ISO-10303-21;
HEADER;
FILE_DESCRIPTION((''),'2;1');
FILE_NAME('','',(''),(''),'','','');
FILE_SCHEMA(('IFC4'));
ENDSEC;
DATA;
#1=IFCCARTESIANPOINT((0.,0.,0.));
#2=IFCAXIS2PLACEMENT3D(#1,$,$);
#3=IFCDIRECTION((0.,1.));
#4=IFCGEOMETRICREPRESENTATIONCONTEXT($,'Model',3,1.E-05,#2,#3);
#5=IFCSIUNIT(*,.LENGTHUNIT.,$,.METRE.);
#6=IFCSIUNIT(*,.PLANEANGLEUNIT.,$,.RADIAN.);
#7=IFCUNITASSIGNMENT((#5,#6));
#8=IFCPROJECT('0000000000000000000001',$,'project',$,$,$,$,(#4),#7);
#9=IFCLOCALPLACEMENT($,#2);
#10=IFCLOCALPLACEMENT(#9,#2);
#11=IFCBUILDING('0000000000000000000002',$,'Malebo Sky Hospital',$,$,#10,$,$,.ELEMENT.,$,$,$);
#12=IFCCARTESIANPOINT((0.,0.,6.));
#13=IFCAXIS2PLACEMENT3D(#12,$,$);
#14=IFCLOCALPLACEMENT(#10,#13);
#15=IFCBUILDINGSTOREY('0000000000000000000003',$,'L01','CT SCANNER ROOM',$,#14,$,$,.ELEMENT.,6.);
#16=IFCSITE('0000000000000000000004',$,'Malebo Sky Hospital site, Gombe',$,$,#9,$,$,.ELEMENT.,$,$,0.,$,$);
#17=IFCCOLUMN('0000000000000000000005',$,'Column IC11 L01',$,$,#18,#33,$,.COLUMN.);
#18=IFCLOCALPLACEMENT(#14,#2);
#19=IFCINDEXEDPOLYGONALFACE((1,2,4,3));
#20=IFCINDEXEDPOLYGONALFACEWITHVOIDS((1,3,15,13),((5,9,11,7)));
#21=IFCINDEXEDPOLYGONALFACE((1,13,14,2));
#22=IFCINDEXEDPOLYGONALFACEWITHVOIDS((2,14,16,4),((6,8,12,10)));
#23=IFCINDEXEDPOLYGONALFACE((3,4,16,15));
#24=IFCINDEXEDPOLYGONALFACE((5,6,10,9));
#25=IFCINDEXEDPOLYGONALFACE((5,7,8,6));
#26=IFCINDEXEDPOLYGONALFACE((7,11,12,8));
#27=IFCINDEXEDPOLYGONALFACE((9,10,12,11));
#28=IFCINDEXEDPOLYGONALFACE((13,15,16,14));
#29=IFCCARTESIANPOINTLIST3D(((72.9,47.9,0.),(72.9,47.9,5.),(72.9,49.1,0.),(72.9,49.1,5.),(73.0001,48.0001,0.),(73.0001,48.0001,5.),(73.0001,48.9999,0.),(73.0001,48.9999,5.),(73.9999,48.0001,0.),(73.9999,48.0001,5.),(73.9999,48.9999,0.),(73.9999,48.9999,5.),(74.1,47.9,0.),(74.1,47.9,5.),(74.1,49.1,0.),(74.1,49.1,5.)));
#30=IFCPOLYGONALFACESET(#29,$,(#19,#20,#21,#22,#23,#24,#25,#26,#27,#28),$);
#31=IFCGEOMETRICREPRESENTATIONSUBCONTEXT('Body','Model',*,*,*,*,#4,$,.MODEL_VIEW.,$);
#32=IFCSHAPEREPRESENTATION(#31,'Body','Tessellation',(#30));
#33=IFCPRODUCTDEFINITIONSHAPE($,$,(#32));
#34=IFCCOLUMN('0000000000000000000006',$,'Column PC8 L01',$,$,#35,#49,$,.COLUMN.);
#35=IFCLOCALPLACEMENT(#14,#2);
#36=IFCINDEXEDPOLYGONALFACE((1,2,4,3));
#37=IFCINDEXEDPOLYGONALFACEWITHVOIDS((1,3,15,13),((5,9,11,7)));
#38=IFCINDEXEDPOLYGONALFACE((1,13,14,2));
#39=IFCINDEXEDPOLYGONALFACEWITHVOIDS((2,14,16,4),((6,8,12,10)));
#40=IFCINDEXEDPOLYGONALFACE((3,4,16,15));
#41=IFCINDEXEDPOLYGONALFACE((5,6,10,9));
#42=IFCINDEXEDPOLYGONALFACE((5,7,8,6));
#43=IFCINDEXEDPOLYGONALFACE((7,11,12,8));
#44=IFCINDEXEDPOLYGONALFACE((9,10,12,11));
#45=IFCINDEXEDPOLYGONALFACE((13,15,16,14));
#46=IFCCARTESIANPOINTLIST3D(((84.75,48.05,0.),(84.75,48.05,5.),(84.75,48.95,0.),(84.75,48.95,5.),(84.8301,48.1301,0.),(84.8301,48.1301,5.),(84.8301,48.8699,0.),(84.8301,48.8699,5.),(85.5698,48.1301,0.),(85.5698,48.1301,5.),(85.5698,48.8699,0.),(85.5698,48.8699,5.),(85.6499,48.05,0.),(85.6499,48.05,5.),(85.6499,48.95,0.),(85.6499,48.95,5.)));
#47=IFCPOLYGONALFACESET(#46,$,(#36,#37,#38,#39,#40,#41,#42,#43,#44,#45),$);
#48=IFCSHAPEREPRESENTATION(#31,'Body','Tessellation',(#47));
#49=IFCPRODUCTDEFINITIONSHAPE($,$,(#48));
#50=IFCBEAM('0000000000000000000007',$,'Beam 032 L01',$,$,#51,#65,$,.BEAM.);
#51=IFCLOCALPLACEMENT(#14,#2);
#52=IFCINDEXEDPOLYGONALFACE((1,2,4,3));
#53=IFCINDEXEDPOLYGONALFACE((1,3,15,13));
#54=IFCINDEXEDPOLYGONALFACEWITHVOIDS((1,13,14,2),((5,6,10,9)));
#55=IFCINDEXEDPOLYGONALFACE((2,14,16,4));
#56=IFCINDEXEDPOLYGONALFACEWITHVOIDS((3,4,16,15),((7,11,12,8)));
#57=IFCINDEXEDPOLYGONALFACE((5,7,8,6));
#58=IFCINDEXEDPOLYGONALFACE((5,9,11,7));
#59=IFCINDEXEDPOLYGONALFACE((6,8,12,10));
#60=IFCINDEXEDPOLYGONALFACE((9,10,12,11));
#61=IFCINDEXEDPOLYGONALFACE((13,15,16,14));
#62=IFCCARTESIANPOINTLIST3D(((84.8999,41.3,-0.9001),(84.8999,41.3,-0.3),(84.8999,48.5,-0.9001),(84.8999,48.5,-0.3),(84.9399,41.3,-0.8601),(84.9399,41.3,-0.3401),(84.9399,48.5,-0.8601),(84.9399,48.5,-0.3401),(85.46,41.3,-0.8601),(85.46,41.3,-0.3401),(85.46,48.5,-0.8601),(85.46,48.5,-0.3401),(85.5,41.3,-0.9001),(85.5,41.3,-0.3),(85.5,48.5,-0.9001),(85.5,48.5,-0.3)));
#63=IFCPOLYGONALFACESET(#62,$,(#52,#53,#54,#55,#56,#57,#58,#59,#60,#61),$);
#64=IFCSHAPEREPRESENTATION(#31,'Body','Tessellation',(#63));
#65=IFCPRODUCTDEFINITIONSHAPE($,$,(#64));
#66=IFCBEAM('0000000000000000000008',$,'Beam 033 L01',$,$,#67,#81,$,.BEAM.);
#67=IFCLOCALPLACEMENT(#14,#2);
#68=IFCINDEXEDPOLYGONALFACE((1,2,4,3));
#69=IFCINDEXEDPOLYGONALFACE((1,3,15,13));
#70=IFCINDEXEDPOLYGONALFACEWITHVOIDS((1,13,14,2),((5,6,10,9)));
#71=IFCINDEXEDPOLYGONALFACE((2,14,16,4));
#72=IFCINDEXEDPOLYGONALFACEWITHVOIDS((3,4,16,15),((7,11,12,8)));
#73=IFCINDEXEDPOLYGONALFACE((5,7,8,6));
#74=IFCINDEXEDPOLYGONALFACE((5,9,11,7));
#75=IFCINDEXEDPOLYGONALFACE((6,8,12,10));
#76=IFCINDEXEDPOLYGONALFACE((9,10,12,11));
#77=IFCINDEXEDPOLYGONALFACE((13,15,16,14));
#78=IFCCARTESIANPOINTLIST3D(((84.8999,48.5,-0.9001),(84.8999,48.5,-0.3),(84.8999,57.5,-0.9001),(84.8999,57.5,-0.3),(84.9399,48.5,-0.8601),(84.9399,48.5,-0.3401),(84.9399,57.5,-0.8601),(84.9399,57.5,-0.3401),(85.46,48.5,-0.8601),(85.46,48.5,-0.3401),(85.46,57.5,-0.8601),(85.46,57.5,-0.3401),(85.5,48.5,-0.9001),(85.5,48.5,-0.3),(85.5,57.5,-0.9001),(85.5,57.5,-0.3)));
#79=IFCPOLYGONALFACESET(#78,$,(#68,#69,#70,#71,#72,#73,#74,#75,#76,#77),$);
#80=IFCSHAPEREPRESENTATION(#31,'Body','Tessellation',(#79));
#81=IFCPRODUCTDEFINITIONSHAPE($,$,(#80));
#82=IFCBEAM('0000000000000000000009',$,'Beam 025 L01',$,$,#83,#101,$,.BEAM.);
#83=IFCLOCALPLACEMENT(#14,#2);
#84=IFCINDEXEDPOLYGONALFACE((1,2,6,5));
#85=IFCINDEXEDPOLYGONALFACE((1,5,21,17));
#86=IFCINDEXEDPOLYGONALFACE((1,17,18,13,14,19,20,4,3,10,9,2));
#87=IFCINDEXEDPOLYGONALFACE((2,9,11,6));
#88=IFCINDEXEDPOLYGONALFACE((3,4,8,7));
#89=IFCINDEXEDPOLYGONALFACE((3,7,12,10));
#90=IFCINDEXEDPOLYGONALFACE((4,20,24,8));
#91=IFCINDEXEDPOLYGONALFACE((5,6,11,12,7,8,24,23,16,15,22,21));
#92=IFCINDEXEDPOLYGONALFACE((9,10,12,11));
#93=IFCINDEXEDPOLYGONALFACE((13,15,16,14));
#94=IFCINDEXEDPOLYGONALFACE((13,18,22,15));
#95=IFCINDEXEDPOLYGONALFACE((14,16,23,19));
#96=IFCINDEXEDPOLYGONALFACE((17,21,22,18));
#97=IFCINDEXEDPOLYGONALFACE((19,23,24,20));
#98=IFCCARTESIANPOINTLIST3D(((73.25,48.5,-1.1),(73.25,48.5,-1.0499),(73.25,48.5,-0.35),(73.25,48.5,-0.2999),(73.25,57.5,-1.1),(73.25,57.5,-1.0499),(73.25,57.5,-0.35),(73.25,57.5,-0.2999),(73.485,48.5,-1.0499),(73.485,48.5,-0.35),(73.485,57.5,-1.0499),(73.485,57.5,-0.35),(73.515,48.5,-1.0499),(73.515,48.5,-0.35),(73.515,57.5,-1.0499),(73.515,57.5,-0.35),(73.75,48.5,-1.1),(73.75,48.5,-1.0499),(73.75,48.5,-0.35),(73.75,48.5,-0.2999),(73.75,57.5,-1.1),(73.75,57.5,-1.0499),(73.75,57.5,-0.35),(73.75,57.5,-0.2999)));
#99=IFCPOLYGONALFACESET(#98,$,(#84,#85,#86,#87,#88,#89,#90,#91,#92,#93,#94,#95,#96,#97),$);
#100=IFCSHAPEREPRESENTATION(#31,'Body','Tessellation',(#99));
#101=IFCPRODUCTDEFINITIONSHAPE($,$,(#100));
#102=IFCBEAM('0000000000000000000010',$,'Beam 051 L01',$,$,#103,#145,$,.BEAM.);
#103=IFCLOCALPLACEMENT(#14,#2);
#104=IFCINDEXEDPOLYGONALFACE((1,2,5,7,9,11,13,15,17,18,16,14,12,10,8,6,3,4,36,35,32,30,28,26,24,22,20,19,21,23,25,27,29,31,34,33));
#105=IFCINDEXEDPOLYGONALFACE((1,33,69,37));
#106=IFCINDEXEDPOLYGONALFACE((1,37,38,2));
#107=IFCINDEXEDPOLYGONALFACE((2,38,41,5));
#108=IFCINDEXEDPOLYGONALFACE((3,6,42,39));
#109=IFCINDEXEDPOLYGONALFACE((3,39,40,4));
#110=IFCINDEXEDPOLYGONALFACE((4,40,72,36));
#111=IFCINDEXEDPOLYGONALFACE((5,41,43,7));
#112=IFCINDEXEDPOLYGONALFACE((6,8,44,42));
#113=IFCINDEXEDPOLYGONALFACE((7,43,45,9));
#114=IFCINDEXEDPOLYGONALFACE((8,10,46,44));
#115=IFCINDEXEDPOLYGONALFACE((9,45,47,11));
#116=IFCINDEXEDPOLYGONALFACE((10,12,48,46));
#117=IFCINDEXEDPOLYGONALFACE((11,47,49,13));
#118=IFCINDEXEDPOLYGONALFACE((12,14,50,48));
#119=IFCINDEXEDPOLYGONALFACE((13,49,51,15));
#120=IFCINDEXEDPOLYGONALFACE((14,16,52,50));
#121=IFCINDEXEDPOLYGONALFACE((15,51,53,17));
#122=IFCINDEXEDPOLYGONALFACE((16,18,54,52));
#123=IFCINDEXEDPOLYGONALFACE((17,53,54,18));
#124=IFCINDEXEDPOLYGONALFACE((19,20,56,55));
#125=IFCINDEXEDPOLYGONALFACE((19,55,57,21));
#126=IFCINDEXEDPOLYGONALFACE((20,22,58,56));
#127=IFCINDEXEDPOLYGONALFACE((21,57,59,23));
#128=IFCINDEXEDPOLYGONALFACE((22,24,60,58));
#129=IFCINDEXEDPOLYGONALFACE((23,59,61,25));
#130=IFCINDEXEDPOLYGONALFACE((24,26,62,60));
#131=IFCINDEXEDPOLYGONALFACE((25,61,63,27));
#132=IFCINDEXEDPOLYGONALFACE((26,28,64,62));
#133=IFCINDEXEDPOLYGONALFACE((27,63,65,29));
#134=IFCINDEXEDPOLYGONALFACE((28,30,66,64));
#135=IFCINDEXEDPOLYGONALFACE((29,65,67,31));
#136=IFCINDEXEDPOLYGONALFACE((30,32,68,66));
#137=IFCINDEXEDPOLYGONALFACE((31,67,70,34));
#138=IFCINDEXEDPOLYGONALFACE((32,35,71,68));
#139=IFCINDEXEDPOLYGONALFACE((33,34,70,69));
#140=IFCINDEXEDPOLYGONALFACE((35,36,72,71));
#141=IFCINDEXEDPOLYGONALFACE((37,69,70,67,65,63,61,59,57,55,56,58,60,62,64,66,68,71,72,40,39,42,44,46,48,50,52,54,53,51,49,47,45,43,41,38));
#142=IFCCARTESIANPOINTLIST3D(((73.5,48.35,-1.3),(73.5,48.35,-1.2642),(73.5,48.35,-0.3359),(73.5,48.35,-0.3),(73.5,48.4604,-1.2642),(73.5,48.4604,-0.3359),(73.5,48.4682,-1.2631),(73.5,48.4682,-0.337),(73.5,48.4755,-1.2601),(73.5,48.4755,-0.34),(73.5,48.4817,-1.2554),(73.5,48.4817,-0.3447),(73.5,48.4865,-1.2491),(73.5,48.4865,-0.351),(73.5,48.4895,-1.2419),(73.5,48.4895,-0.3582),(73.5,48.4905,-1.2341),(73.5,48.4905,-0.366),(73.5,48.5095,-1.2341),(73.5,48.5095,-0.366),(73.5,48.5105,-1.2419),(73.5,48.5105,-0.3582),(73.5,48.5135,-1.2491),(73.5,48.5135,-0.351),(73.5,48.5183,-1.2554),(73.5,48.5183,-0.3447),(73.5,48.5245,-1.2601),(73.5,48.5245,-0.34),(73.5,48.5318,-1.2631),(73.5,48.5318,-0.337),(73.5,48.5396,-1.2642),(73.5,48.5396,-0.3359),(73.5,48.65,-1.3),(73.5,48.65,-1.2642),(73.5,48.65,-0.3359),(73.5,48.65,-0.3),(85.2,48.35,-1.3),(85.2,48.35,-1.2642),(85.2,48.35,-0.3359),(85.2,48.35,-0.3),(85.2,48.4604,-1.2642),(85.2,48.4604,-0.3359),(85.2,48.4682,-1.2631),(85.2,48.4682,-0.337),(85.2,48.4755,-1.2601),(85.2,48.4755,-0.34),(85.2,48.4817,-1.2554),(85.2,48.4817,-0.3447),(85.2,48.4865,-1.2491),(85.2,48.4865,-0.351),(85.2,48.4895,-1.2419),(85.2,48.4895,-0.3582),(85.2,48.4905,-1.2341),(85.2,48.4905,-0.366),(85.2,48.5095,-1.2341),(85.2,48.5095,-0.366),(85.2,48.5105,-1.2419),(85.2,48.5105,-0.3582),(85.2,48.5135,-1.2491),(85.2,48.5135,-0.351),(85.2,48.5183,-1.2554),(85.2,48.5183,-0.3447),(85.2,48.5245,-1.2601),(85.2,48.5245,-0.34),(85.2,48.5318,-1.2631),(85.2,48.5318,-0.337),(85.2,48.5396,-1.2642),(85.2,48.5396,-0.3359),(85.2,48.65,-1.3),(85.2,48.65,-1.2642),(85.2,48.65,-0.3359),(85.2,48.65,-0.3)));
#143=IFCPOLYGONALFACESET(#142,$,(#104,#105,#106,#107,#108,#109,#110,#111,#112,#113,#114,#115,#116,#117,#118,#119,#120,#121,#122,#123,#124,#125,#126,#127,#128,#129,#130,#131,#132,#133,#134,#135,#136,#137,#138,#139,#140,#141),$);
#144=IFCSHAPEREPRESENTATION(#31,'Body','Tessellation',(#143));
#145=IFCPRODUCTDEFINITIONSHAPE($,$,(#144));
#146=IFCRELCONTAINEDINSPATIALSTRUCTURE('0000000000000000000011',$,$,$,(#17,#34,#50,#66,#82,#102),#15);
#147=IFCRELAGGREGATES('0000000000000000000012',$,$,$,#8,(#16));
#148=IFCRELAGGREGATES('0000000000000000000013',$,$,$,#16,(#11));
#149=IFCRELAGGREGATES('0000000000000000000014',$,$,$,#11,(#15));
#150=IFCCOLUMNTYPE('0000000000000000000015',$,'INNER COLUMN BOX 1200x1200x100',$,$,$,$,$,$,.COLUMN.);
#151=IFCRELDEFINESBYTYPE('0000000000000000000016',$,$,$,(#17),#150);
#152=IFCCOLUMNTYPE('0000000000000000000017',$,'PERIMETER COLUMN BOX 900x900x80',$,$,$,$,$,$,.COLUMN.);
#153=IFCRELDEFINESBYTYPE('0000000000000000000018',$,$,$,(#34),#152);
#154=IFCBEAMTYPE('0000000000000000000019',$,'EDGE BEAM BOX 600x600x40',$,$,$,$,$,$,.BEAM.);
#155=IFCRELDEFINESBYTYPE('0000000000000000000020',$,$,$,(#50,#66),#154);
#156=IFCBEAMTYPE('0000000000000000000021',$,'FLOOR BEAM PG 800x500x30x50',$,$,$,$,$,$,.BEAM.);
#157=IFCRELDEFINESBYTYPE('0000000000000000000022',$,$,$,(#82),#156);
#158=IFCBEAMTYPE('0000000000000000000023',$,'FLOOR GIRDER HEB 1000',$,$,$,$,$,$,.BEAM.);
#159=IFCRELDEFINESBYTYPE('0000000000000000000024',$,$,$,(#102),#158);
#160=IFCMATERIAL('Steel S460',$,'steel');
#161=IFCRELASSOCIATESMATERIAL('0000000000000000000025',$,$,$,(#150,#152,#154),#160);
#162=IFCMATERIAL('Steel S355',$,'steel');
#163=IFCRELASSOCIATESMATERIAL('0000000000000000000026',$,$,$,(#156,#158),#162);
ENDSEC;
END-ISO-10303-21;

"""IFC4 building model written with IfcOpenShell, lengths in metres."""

from ifc_helpers import new_model, si_unit, direction, frame, origin, origin_2d, place, context, subcontext, project, spatial, hollow_rectangle, i_section, extrude, material, material_profile, profile_set, type_object, element, save


model = new_model("IFC4")

# Units and contexts
model_context = context("Model", 3, precision=1e-05, world=origin(), true_north=direction((0.0, 1.0)))
body_context = subcontext(model_context, "Body", "Model", "MODEL_VIEW")
ifc_project = project(units=[si_unit("LENGTHUNIT", "METRE"), si_unit("PLANEANGLEUNIT", "RADIAN")], contexts=[model_context])

# Site, building, storey
site_placement = place(None, origin())
site = spatial("IfcSite", under=ifc_project, at=site_placement, Name="Malebo Sky Hospital site, Gombe", CompositionType="ELEMENT", RefElevation=0.0)
building_placement = place(site_placement, origin())
building = spatial("IfcBuilding", under=site, at=building_placement, Name="Malebo Sky Hospital", CompositionType="ELEMENT")
storey_placement = place(building_placement, frame((0.0, 0.0, 6.0)))
storey = spatial("IfcBuildingStorey", under=building, at=storey_placement, Name="L01", Description="CT SCANNER ROOM", CompositionType="ELEMENT", Elevation=6.0)

# Columns
ifc_material_1 = material(Name="Steel S460", Category="steel")
ifc_material_profile_1 = material_profile(ifc_material_1, hollow_rectangle(XDim=1.2, YDim=1.2, WallThickness=0.1001, at=origin_2d()), Name="BOX 1200x1200x100")
ifc_profile_set_1 = profile_set([ifc_material_profile_1], Name="Steel S460")
column_type_1 = type_object("IfcColumnType", Name="INNER COLUMN BOX 1200x1200x100", PredefinedType="COLUMN", material=ifc_profile_set_1)
column_1_placement = place(storey_placement, frame((73.5, 48.5, 0.0), z_axis=(0.0, 0.0, 1.0), x_axis=(1.0, 0.0, 0.0)))
element("IfcColumn", 1, at=column_1_placement, inside=storey, type_object=column_type_1, Name="Column IC11 L01", PredefinedType="COLUMN", context=body_context, shape_type="SweptSolid", body=[
    extrude(hollow_rectangle(XDim=1.2, YDim=1.2, WallThickness=0.1001, at=origin_2d()), origin(), (0.0, 0.0, 1.0), 5.0),
])
ifc_material_profile_2 = material_profile(ifc_material_1, hollow_rectangle(XDim=0.8999, YDim=0.8999, WallThickness=0.0801, at=origin_2d()), Name="BOX 900x900x80")
ifc_profile_set_2 = profile_set([ifc_material_profile_2], Name="Steel S460")
column_type_2 = type_object("IfcColumnType", Name="PERIMETER COLUMN BOX 900x900x80", PredefinedType="COLUMN", material=ifc_profile_set_2)
column_2_placement = place(storey_placement, frame((85.2, 48.5, 0.0), z_axis=(0.0, 0.0, 1.0), x_axis=(1.0, 0.0, 0.0)))
element("IfcColumn", 2, at=column_2_placement, inside=storey, type_object=column_type_2, Name="Column PC8 L01", PredefinedType="COLUMN", context=body_context, shape_type="SweptSolid", body=[
    extrude(hollow_rectangle(XDim=0.8999, YDim=0.8999, WallThickness=0.0801, at=origin_2d()), origin(), (0.0, 0.0, 1.0), 5.0),
])

# Beams
ifc_material_profile_3 = material_profile(ifc_material_1, hollow_rectangle(XDim=0.6001, YDim=0.6001, WallThickness=0.04, at=origin_2d()), Name="BOX 600x600x40")
ifc_profile_set_3 = profile_set([ifc_material_profile_3], Name="Steel S460")
beam_type_1 = type_object("IfcBeamType", Name="EDGE BEAM BOX 600x600x40", PredefinedType="BEAM", material=ifc_profile_set_3)
beam_1_placement = place(storey_placement, frame((85.2, 41.3, -0.6001), z_axis=(0.0, 1.0, 0.0), x_axis=(-1.0, 0.0, 0.0)))
element("IfcBeam", 3, at=beam_1_placement, inside=storey, type_object=beam_type_1, Name="Beam 032 L01", PredefinedType="BEAM", context=body_context, shape_type="SweptSolid", body=[
    extrude(hollow_rectangle(XDim=0.6001, YDim=0.6001, WallThickness=0.04, at=origin_2d()), origin(), (0.0, 0.0, 1.0), 7.2),
])
beam_2_placement = place(storey_placement, frame((85.2, 48.5, -0.6001), z_axis=(0.0, 1.0, 0.0), x_axis=(-1.0, 0.0, 0.0)))
element("IfcBeam", 4, at=beam_2_placement, inside=storey, type_object=beam_type_1, Name="Beam 033 L01", PredefinedType="BEAM", context=body_context, shape_type="SweptSolid", body=[
    extrude(hollow_rectangle(XDim=0.6001, YDim=0.6001, WallThickness=0.04, at=origin_2d()), origin(), (0.0, 0.0, 1.0), 9.0),
])
ifc_material_2 = material(Name="Steel S355", Category="steel")
ifc_material_profile_4 = material_profile(ifc_material_2, i_section(OverallWidth=0.5, OverallDepth=0.8, WebThickness=0.03, FlangeThickness=0.05, at=origin_2d()), Name="PG 800x500x30x50")
ifc_profile_set_4 = profile_set([ifc_material_profile_4], Name="Steel S355")
beam_type_2 = type_object("IfcBeamType", Name="FLOOR BEAM PG 800x500x30x50", PredefinedType="BEAM", material=ifc_profile_set_4)
beam_3_placement = place(storey_placement, frame((73.5, 48.5, -0.7), z_axis=(0.0, 1.0, 0.0), x_axis=(-1.0, 0.0, 0.0)))
element("IfcBeam", 5, at=beam_3_placement, inside=storey, type_object=beam_type_2, Name="Beam 025 L01", PredefinedType="BEAM", context=body_context, shape_type="SweptSolid", body=[
    extrude(i_section(OverallWidth=0.5, OverallDepth=0.8, WebThickness=0.03, FlangeThickness=0.05, at=origin_2d()), origin(), (0.0, 0.0, 1.0), 9.0),
])
ifc_material_profile_5 = material_profile(ifc_material_2, i_section(OverallWidth=0.3, OverallDepth=1.0, WebThickness=0.019, FlangeThickness=0.0359, FilletRadius=0.03, at=origin_2d()), Name="HEB 1000")
ifc_profile_set_5 = profile_set([ifc_material_profile_5], Name="Steel S355")
beam_type_3 = type_object("IfcBeamType", Name="FLOOR GIRDER HEB 1000", PredefinedType="BEAM", material=ifc_profile_set_5)
beam_4_placement = place(storey_placement, frame((73.5, 48.5, -0.8), z_axis=(1.0, 0.0, 0.0), x_axis=(0.0, 1.0, 0.0)))
element("IfcBeam", 6, at=beam_4_placement, inside=storey, type_object=beam_type_3, Name="Beam 051 L01", PredefinedType="BEAM", context=body_context, shape_type="SweptSolid", body=[
    extrude(i_section(OverallWidth=0.3, OverallDepth=1.0, WebThickness=0.019, FlangeThickness=0.0359, FilletRadius=0.03, at=origin_2d()), origin(), (0.0, 0.0, 1.0), 11.7),
])

save(model, "model.ifc")
